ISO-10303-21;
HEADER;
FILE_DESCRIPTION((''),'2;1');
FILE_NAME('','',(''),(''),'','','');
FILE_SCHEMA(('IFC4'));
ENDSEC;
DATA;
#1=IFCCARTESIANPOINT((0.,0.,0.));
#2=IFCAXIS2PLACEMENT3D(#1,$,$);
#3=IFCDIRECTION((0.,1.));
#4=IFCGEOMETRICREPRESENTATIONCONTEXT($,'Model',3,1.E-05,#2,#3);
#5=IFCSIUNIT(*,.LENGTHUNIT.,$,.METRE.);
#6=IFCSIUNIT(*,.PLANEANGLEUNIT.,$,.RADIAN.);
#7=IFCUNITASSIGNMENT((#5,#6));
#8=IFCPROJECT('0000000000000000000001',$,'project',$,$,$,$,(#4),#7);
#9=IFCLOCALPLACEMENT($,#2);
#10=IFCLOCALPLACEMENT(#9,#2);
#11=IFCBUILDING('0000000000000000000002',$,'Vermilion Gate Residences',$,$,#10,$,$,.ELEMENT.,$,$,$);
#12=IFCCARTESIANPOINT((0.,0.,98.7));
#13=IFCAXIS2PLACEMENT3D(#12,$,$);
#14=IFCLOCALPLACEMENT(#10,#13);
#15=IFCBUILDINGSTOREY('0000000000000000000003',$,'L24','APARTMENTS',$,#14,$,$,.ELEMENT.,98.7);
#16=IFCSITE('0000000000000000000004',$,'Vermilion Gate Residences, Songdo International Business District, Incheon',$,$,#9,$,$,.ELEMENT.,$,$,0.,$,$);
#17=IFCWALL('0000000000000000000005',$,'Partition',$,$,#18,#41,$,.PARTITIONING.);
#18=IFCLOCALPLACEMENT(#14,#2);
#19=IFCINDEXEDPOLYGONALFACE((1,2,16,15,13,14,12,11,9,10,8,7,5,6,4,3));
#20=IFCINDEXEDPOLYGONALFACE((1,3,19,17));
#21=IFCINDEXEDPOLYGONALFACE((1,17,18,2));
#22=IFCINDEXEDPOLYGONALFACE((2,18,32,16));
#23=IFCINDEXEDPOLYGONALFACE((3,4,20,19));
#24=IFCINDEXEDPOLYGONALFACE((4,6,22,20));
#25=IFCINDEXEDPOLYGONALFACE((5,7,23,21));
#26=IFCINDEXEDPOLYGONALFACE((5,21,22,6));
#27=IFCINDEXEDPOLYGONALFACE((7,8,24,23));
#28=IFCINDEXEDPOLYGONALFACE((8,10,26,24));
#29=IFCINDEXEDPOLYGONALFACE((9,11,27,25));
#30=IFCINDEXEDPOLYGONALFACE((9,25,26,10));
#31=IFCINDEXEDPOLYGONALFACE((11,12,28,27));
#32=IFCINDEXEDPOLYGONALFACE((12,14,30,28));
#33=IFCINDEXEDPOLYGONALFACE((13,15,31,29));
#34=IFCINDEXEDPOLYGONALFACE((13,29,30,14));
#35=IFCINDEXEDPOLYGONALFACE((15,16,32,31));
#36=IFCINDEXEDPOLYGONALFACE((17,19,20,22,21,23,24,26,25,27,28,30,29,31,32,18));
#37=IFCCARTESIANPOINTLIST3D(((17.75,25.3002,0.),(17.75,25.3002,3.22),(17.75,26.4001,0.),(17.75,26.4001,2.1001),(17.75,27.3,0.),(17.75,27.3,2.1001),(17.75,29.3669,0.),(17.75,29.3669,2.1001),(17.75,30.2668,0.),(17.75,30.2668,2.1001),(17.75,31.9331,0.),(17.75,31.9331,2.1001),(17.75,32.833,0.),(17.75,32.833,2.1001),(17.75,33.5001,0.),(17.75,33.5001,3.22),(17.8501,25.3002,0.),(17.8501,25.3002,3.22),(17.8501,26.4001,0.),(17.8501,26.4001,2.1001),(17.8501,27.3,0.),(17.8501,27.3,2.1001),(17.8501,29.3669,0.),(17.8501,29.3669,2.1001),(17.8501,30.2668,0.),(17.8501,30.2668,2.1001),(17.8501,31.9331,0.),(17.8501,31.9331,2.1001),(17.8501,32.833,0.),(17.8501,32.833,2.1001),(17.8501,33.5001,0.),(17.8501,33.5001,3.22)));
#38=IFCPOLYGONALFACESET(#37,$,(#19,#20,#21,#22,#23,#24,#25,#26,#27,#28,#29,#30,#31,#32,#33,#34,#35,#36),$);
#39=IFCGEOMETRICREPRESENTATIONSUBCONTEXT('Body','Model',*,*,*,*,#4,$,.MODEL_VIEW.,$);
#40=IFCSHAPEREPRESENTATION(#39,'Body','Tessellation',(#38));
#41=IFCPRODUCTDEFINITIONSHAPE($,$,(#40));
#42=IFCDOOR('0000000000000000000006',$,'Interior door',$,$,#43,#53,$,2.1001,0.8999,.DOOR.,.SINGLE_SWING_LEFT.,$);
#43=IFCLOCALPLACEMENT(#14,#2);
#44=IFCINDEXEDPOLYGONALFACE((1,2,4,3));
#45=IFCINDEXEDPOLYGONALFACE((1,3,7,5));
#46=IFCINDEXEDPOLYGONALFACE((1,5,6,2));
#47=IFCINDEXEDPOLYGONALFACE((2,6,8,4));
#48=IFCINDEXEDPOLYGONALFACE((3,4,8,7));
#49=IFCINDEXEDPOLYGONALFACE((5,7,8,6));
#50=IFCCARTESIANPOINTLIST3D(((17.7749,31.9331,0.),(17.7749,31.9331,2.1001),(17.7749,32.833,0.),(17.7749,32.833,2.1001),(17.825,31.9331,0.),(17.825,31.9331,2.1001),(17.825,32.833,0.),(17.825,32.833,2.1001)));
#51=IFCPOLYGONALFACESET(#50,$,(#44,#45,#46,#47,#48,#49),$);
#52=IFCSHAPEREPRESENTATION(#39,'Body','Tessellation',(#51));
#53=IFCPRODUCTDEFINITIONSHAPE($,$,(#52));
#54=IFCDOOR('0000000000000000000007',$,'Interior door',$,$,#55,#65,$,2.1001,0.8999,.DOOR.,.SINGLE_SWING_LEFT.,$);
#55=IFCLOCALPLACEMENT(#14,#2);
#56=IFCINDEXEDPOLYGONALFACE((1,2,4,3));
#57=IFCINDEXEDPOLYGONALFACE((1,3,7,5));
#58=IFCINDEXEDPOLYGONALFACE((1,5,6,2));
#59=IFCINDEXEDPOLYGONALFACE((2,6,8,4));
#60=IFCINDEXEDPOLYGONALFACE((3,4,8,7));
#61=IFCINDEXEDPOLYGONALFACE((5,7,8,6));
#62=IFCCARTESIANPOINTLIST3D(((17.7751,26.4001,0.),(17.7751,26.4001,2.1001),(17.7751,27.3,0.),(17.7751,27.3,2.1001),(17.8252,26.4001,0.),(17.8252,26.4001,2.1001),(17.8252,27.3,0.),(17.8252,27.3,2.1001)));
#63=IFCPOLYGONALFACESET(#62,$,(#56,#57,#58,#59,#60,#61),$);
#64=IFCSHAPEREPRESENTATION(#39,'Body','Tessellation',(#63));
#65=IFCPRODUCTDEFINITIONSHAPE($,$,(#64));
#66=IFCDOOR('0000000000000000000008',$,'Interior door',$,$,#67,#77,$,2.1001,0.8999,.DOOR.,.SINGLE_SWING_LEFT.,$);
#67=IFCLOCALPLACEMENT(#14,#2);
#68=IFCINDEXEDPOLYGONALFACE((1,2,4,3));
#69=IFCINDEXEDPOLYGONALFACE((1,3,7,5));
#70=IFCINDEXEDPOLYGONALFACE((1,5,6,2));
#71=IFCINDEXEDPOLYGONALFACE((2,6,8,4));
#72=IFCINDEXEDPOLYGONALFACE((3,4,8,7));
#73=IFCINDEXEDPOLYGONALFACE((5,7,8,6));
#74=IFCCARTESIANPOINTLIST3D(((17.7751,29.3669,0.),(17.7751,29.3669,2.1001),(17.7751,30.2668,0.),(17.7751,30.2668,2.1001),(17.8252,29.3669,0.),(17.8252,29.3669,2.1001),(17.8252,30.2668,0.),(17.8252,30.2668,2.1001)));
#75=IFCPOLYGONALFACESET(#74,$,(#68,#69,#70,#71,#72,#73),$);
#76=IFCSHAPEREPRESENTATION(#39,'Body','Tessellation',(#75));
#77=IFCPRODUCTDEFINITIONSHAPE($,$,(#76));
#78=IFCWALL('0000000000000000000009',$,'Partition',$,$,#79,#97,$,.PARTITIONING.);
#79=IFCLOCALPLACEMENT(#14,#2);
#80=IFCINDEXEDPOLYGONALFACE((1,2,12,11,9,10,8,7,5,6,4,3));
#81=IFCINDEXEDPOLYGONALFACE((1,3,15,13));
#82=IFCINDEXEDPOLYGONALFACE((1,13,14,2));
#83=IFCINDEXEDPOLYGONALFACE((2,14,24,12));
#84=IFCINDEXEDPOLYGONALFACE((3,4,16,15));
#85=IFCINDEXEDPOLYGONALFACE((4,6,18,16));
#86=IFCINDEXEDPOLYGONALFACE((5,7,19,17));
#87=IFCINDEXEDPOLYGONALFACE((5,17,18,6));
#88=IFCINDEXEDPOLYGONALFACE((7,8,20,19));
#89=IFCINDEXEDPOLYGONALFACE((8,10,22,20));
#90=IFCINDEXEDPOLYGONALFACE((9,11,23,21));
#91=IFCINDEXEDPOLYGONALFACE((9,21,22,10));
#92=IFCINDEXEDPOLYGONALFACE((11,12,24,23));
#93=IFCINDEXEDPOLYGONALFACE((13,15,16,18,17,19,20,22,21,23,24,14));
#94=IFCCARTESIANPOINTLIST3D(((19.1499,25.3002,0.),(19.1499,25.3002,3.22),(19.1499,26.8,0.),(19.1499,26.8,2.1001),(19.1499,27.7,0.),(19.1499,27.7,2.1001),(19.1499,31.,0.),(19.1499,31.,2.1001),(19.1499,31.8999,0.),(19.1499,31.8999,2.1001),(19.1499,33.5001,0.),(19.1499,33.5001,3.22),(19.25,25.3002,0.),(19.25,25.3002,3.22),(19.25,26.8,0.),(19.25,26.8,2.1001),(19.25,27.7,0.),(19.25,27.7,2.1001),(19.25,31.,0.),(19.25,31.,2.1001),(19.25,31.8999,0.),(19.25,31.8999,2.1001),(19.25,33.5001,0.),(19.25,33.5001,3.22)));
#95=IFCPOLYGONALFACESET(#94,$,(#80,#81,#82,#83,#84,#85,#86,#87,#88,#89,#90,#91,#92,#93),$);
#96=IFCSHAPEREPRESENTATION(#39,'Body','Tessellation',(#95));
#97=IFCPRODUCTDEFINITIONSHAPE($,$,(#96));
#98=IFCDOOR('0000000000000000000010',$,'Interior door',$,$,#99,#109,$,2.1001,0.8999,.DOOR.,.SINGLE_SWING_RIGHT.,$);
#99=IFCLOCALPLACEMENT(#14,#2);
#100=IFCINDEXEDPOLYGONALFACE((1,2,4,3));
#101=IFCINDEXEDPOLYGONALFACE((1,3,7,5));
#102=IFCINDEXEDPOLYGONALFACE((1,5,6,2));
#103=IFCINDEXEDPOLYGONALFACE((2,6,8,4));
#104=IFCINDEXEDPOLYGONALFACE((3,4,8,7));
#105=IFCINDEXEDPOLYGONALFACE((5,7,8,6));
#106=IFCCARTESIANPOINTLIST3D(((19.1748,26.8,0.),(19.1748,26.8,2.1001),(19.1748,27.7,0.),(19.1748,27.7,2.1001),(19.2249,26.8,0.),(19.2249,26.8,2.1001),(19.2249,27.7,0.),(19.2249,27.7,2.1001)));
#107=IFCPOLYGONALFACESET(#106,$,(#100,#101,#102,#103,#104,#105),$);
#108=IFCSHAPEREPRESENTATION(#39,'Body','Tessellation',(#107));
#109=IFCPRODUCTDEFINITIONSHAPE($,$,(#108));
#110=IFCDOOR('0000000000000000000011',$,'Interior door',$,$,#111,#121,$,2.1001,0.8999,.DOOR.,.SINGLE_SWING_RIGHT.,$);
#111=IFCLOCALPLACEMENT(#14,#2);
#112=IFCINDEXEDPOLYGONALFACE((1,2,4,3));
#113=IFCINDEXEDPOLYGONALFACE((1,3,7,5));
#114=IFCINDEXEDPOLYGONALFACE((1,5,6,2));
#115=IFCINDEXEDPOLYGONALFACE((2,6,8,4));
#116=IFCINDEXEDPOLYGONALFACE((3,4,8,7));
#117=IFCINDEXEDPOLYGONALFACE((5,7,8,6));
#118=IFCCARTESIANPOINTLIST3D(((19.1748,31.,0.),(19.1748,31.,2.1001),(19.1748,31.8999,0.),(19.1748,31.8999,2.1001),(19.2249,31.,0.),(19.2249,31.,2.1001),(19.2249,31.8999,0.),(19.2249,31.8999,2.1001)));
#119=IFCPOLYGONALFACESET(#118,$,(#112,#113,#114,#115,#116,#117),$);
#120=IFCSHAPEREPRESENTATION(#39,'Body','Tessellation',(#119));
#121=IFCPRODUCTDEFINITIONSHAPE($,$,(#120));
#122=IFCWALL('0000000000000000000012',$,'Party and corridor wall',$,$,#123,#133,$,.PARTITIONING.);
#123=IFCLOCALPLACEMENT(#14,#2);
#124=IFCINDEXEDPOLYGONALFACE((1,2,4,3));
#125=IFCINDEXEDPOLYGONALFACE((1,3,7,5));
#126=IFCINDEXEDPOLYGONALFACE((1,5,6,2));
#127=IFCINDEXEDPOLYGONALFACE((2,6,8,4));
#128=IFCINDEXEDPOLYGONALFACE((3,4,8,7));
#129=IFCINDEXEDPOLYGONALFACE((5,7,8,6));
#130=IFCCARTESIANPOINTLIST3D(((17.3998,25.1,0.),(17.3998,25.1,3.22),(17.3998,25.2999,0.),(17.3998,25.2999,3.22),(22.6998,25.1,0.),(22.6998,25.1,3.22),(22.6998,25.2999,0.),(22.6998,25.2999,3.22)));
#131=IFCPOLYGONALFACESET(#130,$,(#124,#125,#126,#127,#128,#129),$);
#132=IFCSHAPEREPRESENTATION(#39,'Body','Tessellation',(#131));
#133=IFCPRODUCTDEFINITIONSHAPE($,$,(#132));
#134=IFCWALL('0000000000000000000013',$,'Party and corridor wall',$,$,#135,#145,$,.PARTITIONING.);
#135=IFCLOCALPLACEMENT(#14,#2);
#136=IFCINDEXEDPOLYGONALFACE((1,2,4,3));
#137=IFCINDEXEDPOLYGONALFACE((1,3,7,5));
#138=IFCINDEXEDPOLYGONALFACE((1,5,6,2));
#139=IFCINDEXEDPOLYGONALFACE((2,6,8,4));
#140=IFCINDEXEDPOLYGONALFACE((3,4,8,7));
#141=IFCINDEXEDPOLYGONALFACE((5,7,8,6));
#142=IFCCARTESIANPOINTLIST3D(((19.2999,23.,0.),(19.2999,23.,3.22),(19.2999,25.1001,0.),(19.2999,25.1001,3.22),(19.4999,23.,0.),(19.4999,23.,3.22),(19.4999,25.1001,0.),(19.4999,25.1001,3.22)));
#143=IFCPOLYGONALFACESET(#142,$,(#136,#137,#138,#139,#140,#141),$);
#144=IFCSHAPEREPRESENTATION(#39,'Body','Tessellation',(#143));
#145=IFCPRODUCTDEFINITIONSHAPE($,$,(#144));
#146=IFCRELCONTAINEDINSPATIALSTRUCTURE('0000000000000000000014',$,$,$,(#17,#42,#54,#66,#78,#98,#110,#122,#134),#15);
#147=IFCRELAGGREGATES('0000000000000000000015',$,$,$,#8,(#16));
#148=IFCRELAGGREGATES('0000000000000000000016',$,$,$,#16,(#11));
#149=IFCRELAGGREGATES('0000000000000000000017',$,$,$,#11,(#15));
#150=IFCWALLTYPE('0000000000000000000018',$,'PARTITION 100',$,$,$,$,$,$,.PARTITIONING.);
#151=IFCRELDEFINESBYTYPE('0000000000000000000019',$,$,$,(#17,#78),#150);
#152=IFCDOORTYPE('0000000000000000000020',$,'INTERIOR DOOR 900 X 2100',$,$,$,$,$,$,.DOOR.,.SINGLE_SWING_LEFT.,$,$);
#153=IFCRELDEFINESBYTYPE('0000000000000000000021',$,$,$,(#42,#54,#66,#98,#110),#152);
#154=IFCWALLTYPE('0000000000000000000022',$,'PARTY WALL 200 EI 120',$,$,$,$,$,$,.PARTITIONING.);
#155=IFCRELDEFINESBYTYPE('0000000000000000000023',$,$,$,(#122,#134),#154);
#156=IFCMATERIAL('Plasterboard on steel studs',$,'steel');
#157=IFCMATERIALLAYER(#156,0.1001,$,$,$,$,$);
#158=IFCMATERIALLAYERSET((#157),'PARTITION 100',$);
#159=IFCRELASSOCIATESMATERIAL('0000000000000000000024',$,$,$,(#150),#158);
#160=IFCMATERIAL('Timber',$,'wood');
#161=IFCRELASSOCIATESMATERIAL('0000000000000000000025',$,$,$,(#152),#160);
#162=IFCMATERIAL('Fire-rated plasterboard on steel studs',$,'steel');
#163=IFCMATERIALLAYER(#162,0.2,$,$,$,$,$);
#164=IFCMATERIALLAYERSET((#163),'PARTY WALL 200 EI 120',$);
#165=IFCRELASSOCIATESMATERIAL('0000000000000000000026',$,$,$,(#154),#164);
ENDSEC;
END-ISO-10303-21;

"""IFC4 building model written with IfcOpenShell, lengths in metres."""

from ifc_helpers import new_model, si_unit, direction, frame, frame_2d, origin, place, context, subcontext, project, spatial, rectangle, extrude, material, layer, layer_set, type_object, element, fill, save


model = new_model("IFC4")

# Units and contexts
model_context = context("Model", 3, precision=1e-05, world=origin(), true_north=direction((0.0, 1.0)))
body_context = subcontext(model_context, "Body", "Model", "MODEL_VIEW")
ifc_project = project(units=[si_unit("LENGTHUNIT", "METRE"), si_unit("PLANEANGLEUNIT", "RADIAN")], contexts=[model_context])

# Site, building, storey
site_placement = place(None, origin())
site = spatial("IfcSite", under=ifc_project, at=site_placement, Name="Vermilion Gate Residences, Songdo International Business District, Incheon", CompositionType="ELEMENT", RefElevation=0.0)
building_placement = place(site_placement, origin())
building = spatial("IfcBuilding", under=site, at=building_placement, Name="Vermilion Gate Residences", CompositionType="ELEMENT")
storey_placement = place(building_placement, frame((0.0, 0.0, 98.7)))
storey = spatial("IfcBuildingStorey", under=building, at=storey_placement, Name="L24", Description="APARTMENTS", CompositionType="ELEMENT", Elevation=98.7)

# Walls, openings, doors
ifc_material_1 = material(Name="Plasterboard on steel studs", Category="steel")
ifc_layer_1 = layer(ifc_material_1, 0.1001)
ifc_layer_set_1 = layer_set([ifc_layer_1], Name="PARTITION 100")
wall_type_1 = type_object("IfcWallType", Name="PARTITION 100", PredefinedType="PARTITIONING", material=ifc_layer_set_1)
wall_1_placement = place(storey_placement, frame((17.8, 25.3, 0.0), z_axis=(0.0, 0.0, 1.0), x_axis=(0.0, 1.0, 0.0)))
wall_1 = element("IfcWall", 1, at=wall_1_placement, inside=storey, type_object=wall_type_1, Name="Partition", PredefinedType="PARTITIONING", context=body_context, shape_type="SweptSolid", body=[
    extrude(rectangle(XDim=8.2, YDim=0.1001, at=frame_2d((4.1001, 0.0))), origin(), (0.0, 0.0, 1.0), 3.22),
])
opening_1_placement = place(wall_1_placement, frame((6.6331, 0.0, 0.0)))
opening_1 = element("IfcOpeningElement", 2, at=opening_1_placement, cuts=wall_1, PredefinedType="OPENING", context=body_context, shape_type="SweptSolid", body=[
    extrude(rectangle(XDim=0.8999, YDim=2.1001, at=frame_2d((0.45, 1.05))), frame((0.0, 0.0601, 0.0), z_axis=(0.0, -1.0, 0.0), x_axis=(1.0, 0.0, 0.0)), (0.0, 0.0, 1.0), 0.1201),
])
opening_2_placement = place(wall_1_placement, frame((1.1001, 0.0, 0.0)))
opening_2 = element("IfcOpeningElement", 3, at=opening_2_placement, cuts=wall_1, PredefinedType="OPENING", context=body_context, shape_type="SweptSolid", body=[
    extrude(rectangle(XDim=0.8999, YDim=2.1001, at=frame_2d((0.45, 1.05))), frame((0.0, 0.0601, 0.0), z_axis=(0.0, -1.0, 0.0), x_axis=(1.0, 0.0, 0.0)), (0.0, 0.0, 1.0), 0.1201),
])
opening_3_placement = place(wall_1_placement, frame((4.0669, 0.0, 0.0)))
opening_3 = element("IfcOpeningElement", 4, at=opening_3_placement, cuts=wall_1, PredefinedType="OPENING", context=body_context, shape_type="SweptSolid", body=[
    extrude(rectangle(XDim=0.8999, YDim=2.1001, at=frame_2d((0.45, 1.05))), frame((0.0, 0.0601, 0.0), z_axis=(0.0, -1.0, 0.0), x_axis=(1.0, 0.0, 0.0)), (0.0, 0.0, 1.0), 0.1201),
])
ifc_material_2 = material(Name="Timber", Category="wood")
door_type_1 = type_object("IfcDoorType", Name="INTERIOR DOOR 900 X 2100", OperationType="SINGLE_SWING_LEFT", PredefinedType="DOOR", material=ifc_material_2)
door_1_placement = place(opening_1_placement, frame((0.8999, 0.0, 0.0), z_axis=(0.0, 0.0, 1.0), x_axis=(-1.0, 0.0, 0.0)))
door_1 = element("IfcDoor", 5, at=door_1_placement, inside=storey, type_object=door_type_1, Name="Interior door", OperationType="SINGLE_SWING_LEFT", OverallHeight=2.1001, OverallWidth=0.8999, PredefinedType="DOOR", context=body_context, shape_type="SweptSolid", body=[
    extrude(rectangle(XDim=0.8999, YDim=2.1001, at=frame_2d((0.45, 1.05))), frame((0.0, 0.0249, 0.0), z_axis=(0.0, -1.0, 0.0), x_axis=(1.0, 0.0, 0.0)), (0.0, 0.0, 1.0), 0.05),
])
fill(opening_1, door_1)
door_2_placement = place(opening_2_placement, origin())
door_2 = element("IfcDoor", 6, at=door_2_placement, inside=storey, type_object=door_type_1, Name="Interior door", OperationType="SINGLE_SWING_LEFT", OverallHeight=2.1001, OverallWidth=0.8999, PredefinedType="DOOR", context=body_context, shape_type="SweptSolid", body=[
    extrude(rectangle(XDim=0.8999, YDim=2.1001, at=frame_2d((0.45, 1.05))), frame((0.0, 0.0249, 0.0), z_axis=(0.0, -1.0, 0.0), x_axis=(1.0, 0.0, 0.0)), (0.0, 0.0, 1.0), 0.05),
])
fill(opening_2, door_2)
door_3_placement = place(opening_3_placement, origin())
door_3 = element("IfcDoor", 7, at=door_3_placement, inside=storey, type_object=door_type_1, Name="Interior door", OperationType="SINGLE_SWING_LEFT", OverallHeight=2.1001, OverallWidth=0.8999, PredefinedType="DOOR", context=body_context, shape_type="SweptSolid", body=[
    extrude(rectangle(XDim=0.8999, YDim=2.1001, at=frame_2d((0.45, 1.05))), frame((0.0, 0.0249, 0.0), z_axis=(0.0, -1.0, 0.0), x_axis=(1.0, 0.0, 0.0)), (0.0, 0.0, 1.0), 0.05),
])
fill(opening_3, door_3)
wall_2_placement = place(storey_placement, frame((19.2, 25.3, 0.0), z_axis=(0.0, 0.0, 1.0), x_axis=(0.0, 1.0, 0.0)))
wall_2 = element("IfcWall", 8, at=wall_2_placement, inside=storey, type_object=wall_type_1, Name="Partition", PredefinedType="PARTITIONING", context=body_context, shape_type="SweptSolid", body=[
    extrude(rectangle(XDim=8.2, YDim=0.1001, at=frame_2d((4.1001, 0.0))), origin(), (0.0, 0.0, 1.0), 3.22),
])
opening_4_placement = place(wall_2_placement, frame((1.5, 0.0, 0.0)))
opening_4 = element("IfcOpeningElement", 9, at=opening_4_placement, cuts=wall_2, PredefinedType="OPENING", context=body_context, shape_type="SweptSolid", body=[
    extrude(rectangle(XDim=0.8999, YDim=2.1001, at=frame_2d((0.45, 1.05))), frame((0.0, 0.0601, 0.0), z_axis=(0.0, -1.0, 0.0), x_axis=(1.0, 0.0, 0.0)), (0.0, 0.0, 1.0), 0.1201),
])
opening_5_placement = place(wall_2_placement, frame((5.7, 0.0, 0.0)))
opening_5 = element("IfcOpeningElement", 10, at=opening_5_placement, cuts=wall_2, PredefinedType="OPENING", context=body_context, shape_type="SweptSolid", body=[
    extrude(rectangle(XDim=0.8999, YDim=2.1001, at=frame_2d((0.45, 1.05))), frame((0.0, 0.0601, 0.0), z_axis=(0.0, -1.0, 0.0), x_axis=(1.0, 0.0, 0.0)), (0.0, 0.0, 1.0), 0.1201),
])
door_4_placement = place(opening_4_placement, frame((0.8999, 0.0, 0.0), z_axis=(0.0, 0.0, 1.0), x_axis=(-1.0, 0.0, 0.0)))
door_4 = element("IfcDoor", 11, at=door_4_placement, inside=storey, type_object=door_type_1, Name="Interior door", OperationType="SINGLE_SWING_RIGHT", OverallHeight=2.1001, OverallWidth=0.8999, PredefinedType="DOOR", context=body_context, shape_type="SweptSolid", body=[
    extrude(rectangle(XDim=0.8999, YDim=2.1001, at=frame_2d((0.45, 1.05))), frame((0.0, 0.0249, 0.0), z_axis=(0.0, -1.0, 0.0), x_axis=(1.0, 0.0, 0.0)), (0.0, 0.0, 1.0), 0.05),
])
fill(opening_4, door_4)
door_5_placement = place(opening_5_placement, frame((0.8999, 0.0, 0.0), z_axis=(0.0, 0.0, 1.0), x_axis=(-1.0, 0.0, 0.0)))
door_5 = element("IfcDoor", 12, at=door_5_placement, inside=storey, type_object=door_type_1, Name="Interior door", OperationType="SINGLE_SWING_RIGHT", OverallHeight=2.1001, OverallWidth=0.8999, PredefinedType="DOOR", context=body_context, shape_type="SweptSolid", body=[
    extrude(rectangle(XDim=0.8999, YDim=2.1001, at=frame_2d((0.45, 1.05))), frame((0.0, 0.0249, 0.0), z_axis=(0.0, -1.0, 0.0), x_axis=(1.0, 0.0, 0.0)), (0.0, 0.0, 1.0), 0.05),
])
fill(opening_5, door_5)

# Walls
ifc_material_3 = material(Name="Fire-rated plasterboard on steel studs", Category="steel")
ifc_layer_2 = layer(ifc_material_3, 0.2)
ifc_layer_set_2 = layer_set([ifc_layer_2], Name="PARTY WALL 200 EI 120")
wall_type_2 = type_object("IfcWallType", Name="PARTY WALL 200 EI 120", PredefinedType="PARTITIONING", material=ifc_layer_set_2)
wall_3_placement = place(storey_placement, frame((17.3999, 25.2, 0.0), z_axis=(0.0, 0.0, 1.0), x_axis=(1.0, 0.0, 0.0)))
element("IfcWall", 13, at=wall_3_placement, inside=storey, type_object=wall_type_2, Name="Party and corridor wall", PredefinedType="PARTITIONING", context=body_context, shape_type="SweptSolid", body=[
    extrude(rectangle(XDim=5.3, YDim=0.2, at=frame_2d((2.6499, 0.0))), origin(), (0.0, 0.0, 1.0), 3.22),
])
wall_4_placement = place(storey_placement, frame((19.3999, 23.0, 0.0), z_axis=(0.0, 0.0, 1.0), x_axis=(0.0, 1.0, 0.0)))
element("IfcWall", 14, at=wall_4_placement, inside=storey, type_object=wall_type_2, Name="Party and corridor wall", PredefinedType="PARTITIONING", context=body_context, shape_type="SweptSolid", body=[
    extrude(rectangle(XDim=2.1001, YDim=0.2, at=frame_2d((1.05, 0.0))), origin(), (0.0, 0.0, 1.0), 3.22),
])

save(model, "model.ifc")
